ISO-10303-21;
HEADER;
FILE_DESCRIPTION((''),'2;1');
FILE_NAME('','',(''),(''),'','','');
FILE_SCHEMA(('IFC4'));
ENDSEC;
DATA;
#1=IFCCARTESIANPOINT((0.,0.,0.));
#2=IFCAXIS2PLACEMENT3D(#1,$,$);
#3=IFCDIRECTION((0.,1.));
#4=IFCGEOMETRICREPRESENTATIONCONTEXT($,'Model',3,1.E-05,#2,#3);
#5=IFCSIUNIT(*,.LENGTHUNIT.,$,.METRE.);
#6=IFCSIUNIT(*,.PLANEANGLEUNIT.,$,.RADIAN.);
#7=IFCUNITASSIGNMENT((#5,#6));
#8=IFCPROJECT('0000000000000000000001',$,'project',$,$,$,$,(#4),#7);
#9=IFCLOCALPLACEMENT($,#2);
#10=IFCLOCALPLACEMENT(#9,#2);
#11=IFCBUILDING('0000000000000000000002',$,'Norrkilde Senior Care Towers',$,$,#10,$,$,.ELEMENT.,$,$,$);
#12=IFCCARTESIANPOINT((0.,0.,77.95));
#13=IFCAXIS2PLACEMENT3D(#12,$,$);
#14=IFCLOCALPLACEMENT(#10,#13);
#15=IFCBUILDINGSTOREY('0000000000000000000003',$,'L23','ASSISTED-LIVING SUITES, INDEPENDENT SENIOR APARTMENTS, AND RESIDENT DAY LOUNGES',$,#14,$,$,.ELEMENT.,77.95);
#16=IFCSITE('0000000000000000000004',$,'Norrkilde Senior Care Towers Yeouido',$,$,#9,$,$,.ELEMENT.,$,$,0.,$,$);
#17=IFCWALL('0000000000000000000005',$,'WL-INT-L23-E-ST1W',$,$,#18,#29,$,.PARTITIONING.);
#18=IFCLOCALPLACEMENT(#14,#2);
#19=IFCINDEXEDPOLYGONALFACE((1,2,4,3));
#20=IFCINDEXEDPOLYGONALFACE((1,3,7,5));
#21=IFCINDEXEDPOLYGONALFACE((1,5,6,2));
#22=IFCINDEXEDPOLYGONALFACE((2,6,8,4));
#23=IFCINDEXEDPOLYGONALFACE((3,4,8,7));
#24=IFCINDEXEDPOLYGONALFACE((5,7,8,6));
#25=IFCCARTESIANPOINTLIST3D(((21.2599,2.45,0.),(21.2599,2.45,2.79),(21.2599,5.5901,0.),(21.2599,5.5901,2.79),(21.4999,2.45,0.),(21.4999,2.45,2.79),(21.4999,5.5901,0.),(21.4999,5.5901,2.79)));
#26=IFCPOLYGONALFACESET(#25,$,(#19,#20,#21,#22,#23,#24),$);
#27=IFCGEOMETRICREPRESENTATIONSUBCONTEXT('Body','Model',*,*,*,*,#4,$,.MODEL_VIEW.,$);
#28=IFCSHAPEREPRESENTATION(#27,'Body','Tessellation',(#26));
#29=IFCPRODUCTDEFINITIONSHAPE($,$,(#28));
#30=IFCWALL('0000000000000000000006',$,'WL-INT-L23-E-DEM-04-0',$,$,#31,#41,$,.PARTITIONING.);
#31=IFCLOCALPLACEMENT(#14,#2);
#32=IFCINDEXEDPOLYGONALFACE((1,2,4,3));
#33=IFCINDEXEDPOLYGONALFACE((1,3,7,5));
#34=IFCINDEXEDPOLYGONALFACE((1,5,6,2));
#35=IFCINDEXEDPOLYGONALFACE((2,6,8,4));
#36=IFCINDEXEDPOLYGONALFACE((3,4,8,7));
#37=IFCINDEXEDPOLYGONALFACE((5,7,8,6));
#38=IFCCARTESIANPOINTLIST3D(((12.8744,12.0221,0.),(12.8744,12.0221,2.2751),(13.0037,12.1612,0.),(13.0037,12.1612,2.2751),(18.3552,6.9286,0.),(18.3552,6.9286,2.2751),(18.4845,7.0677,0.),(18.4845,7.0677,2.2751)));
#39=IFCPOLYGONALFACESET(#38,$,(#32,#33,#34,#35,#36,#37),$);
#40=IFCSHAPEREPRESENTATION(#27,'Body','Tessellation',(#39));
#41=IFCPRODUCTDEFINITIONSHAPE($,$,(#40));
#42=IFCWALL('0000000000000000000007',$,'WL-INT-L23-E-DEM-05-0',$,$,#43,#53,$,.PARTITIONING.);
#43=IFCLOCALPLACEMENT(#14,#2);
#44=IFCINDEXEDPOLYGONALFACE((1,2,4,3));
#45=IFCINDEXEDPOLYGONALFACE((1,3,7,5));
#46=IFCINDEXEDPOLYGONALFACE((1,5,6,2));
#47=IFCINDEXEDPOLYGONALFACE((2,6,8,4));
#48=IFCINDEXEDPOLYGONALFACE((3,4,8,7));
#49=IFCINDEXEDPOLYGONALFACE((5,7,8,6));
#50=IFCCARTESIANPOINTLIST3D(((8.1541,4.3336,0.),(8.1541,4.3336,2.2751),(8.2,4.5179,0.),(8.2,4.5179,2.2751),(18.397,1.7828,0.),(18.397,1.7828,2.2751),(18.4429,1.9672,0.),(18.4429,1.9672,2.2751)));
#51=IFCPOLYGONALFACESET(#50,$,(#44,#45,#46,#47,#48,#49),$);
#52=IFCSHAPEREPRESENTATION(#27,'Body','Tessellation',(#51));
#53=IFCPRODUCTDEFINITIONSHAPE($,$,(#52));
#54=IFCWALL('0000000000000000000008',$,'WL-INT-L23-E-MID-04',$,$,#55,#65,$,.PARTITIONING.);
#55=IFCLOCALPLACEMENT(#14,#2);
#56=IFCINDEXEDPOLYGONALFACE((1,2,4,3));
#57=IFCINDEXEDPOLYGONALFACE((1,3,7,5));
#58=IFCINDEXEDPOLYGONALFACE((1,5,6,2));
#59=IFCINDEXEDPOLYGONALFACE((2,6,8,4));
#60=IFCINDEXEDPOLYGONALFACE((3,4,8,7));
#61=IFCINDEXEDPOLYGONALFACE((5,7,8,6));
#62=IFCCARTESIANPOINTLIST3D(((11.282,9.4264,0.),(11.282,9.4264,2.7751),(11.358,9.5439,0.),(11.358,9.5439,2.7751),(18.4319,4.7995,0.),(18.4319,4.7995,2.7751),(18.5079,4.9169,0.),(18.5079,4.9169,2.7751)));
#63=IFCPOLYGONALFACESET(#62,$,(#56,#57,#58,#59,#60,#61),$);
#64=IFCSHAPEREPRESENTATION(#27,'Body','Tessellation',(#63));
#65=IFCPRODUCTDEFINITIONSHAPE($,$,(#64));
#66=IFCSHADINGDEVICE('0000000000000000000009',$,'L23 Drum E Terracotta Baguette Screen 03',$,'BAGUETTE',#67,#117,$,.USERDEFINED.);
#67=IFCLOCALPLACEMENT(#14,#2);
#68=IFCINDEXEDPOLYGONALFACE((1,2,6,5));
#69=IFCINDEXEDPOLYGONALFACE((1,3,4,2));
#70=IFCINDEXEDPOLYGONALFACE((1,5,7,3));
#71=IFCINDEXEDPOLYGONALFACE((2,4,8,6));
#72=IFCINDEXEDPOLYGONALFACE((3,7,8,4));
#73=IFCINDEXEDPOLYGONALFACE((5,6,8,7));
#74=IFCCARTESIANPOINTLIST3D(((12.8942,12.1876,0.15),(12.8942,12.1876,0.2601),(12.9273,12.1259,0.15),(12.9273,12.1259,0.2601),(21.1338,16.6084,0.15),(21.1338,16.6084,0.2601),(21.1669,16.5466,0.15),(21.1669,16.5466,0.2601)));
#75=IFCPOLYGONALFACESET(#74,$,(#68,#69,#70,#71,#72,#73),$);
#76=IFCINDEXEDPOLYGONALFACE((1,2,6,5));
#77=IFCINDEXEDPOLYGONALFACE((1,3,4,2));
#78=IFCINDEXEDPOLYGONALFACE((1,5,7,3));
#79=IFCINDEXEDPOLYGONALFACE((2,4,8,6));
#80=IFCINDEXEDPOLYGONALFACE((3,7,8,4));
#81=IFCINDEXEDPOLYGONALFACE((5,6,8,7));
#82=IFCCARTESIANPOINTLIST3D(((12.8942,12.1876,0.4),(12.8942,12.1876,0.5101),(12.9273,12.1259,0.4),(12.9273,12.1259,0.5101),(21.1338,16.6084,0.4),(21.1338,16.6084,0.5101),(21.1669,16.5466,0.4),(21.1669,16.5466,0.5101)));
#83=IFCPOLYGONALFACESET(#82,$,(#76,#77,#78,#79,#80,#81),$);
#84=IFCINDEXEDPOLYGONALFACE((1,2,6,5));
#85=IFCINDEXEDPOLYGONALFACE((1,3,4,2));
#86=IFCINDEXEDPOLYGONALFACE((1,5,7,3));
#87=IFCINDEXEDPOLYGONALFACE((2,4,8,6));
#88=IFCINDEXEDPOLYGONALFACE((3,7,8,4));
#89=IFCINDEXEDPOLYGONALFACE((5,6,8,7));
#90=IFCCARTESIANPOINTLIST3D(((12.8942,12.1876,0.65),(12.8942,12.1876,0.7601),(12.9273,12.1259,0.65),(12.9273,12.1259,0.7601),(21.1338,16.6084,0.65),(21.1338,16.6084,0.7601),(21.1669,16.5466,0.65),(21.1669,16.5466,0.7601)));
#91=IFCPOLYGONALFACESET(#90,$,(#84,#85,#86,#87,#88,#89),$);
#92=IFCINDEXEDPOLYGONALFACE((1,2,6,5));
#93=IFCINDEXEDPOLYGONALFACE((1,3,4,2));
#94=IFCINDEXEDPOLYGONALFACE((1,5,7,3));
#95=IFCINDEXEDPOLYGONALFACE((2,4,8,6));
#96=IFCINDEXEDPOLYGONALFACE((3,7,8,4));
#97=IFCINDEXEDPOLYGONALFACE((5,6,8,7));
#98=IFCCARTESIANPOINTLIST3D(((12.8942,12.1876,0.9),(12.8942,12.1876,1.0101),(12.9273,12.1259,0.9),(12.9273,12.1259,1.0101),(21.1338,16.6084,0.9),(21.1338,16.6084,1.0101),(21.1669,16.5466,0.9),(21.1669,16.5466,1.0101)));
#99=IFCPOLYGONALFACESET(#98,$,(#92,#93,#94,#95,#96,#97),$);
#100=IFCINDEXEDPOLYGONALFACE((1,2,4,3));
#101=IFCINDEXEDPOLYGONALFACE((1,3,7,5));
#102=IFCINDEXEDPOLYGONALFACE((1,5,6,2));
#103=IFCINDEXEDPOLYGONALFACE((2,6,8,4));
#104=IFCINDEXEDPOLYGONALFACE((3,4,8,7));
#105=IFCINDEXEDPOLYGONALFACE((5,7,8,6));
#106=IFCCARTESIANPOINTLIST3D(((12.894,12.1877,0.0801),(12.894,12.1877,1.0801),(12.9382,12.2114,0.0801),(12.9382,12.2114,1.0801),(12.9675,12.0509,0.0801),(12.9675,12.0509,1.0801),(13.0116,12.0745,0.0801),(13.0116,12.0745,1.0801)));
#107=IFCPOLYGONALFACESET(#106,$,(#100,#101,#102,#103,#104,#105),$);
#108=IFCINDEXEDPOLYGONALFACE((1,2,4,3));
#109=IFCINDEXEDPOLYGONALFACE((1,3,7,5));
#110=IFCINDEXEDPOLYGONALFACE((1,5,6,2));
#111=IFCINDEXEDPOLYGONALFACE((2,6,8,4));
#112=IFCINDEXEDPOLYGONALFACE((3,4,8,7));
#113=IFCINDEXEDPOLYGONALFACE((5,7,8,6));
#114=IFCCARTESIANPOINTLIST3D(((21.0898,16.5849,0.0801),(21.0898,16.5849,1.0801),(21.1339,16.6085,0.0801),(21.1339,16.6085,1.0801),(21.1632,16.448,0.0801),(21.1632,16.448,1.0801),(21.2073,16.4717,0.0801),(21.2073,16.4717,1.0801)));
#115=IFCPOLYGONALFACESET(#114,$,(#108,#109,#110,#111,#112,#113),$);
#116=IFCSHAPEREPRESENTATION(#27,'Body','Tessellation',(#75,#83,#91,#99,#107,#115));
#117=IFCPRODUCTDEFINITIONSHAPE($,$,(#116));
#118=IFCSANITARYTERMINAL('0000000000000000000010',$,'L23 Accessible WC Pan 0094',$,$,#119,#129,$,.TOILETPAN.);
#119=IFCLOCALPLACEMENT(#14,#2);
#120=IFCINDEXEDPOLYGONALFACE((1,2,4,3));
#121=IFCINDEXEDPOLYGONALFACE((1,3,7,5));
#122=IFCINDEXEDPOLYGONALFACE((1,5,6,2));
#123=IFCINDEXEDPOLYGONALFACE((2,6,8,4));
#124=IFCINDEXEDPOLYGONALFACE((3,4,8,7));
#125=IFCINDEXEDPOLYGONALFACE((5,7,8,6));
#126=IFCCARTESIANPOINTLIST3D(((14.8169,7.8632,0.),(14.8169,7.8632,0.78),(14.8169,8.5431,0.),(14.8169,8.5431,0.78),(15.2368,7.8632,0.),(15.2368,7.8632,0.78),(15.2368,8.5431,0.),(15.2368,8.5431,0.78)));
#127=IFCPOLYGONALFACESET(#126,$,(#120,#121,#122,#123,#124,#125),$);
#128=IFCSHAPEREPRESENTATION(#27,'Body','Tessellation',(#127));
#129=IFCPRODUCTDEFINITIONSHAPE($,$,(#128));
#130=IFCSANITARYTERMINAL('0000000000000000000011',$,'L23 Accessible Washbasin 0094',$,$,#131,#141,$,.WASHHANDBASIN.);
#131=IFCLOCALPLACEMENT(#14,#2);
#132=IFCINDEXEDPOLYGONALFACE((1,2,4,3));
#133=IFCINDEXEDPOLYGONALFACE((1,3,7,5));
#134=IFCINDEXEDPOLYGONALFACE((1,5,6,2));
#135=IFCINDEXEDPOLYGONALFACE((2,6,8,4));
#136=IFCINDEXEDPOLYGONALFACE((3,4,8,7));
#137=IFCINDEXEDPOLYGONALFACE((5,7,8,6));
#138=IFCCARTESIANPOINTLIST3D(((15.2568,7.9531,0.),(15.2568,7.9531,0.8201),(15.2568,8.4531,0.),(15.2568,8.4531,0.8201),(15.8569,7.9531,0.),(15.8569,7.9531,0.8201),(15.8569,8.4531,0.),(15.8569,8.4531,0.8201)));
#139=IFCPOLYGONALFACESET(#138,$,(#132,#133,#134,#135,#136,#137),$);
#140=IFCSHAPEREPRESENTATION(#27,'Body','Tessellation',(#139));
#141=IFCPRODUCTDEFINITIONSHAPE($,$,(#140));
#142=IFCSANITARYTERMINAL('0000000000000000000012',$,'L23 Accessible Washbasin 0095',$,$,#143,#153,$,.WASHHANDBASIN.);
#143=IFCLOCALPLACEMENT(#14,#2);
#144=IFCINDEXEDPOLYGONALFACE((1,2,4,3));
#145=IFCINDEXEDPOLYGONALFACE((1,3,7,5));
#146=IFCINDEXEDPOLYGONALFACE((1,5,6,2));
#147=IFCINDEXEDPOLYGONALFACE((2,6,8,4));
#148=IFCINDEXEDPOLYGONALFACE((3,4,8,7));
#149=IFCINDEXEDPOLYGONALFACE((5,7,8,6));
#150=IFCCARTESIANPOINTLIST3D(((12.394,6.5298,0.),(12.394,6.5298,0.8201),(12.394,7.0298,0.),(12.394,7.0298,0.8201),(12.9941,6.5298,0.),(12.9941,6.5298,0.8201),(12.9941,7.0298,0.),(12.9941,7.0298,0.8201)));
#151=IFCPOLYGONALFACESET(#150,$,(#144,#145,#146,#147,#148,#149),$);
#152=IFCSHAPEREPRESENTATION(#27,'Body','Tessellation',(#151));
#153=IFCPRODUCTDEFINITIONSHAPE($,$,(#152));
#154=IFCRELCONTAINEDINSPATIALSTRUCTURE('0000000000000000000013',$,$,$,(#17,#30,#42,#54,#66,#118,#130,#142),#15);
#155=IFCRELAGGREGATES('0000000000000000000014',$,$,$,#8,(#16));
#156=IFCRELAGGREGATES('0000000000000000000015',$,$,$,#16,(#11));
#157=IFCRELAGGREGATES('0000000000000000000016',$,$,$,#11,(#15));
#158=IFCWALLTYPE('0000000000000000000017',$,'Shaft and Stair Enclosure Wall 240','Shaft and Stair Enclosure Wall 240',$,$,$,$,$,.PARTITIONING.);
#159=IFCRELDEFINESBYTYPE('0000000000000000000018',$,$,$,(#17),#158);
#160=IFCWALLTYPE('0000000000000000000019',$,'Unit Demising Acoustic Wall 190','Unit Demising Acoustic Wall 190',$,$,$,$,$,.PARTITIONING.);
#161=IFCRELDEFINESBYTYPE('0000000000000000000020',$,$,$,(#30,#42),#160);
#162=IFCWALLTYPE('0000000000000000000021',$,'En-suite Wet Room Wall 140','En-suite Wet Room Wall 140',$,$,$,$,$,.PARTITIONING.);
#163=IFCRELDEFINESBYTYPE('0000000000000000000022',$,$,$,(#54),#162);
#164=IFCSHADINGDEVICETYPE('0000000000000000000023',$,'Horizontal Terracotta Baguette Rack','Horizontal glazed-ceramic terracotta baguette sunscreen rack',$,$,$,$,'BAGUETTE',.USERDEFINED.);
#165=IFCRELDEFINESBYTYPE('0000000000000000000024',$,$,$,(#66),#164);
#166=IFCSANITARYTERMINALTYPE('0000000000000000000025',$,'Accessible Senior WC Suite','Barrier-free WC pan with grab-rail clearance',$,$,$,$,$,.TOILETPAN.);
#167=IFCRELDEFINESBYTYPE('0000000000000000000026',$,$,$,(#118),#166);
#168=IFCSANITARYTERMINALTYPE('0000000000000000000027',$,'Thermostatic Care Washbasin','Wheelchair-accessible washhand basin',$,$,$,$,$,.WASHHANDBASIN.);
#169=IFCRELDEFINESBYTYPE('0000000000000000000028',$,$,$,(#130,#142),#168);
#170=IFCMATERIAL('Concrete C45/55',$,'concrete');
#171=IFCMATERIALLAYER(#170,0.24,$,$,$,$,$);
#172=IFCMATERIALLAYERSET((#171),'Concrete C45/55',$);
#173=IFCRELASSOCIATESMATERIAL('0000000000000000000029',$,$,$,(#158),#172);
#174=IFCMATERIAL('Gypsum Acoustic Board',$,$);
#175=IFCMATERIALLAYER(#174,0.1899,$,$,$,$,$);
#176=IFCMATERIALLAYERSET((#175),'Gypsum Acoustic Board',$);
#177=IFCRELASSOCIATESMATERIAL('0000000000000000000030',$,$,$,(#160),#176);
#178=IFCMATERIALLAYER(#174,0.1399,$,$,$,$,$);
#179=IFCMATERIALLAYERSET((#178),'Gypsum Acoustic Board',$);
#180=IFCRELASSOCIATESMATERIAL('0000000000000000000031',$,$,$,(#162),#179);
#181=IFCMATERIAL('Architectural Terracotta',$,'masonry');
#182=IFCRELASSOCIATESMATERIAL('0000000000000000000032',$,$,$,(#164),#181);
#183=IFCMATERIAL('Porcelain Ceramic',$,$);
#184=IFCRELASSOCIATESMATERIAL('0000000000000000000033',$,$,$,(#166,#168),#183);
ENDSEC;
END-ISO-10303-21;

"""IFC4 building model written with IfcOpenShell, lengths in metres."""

from ifc_helpers import new_model, si_unit, direction, frame, frame_2d, origin, origin_2d, place, context, subcontext, project, spatial, rectangle, extrude, source, transform, mapped, material, layer, layer_set, type_object, type_shapes, element, save


model = new_model("IFC4")

# Units and contexts
model_context = context("Model", 3, precision=1e-05, world=origin(), true_north=direction((0.0, 1.0)))
body_context = subcontext(model_context, "Body", "Model", "MODEL_VIEW")
ifc_project = project(units=[si_unit("LENGTHUNIT", "METRE"), si_unit("PLANEANGLEUNIT", "RADIAN")], contexts=[model_context])

# Site, building, storey
site_placement = place(None, origin())
site = spatial("IfcSite", under=ifc_project, at=site_placement, Name="Norrkilde Senior Care Towers Yeouido", CompositionType="ELEMENT", RefElevation=0.0)
building_placement = place(site_placement, origin())
building = spatial("IfcBuilding", under=site, at=building_placement, Name="Norrkilde Senior Care Towers", CompositionType="ELEMENT")
storey_placement = place(building_placement, frame((0.0, 0.0, 77.95)))
storey = spatial("IfcBuildingStorey", under=building, at=storey_placement, Name="L23", Description="ASSISTED-LIVING SUITES, INDEPENDENT SENIOR APARTMENTS, AND RESIDENT DAY LOUNGES", CompositionType="ELEMENT", Elevation=77.95)

# Shared definitions
ifc_material_1 = material(Name="Gypsum Acoustic Board")

# Walls
ifc_material_2 = material(Name="Concrete C45/55", Category="concrete")
ifc_layer_1 = layer(ifc_material_2, 0.24)
ifc_layer_set_1 = layer_set([ifc_layer_1], Name="Concrete C45/55")
wall_type_1 = type_object("IfcWallType", Name="Shaft and Stair Enclosure Wall 240", Description="Shaft and Stair Enclosure Wall 240", PredefinedType="PARTITIONING", material=ifc_layer_set_1)
shared_shape_1 = source(origin(), body_context, "Body", "SweptSolid", [
    extrude(rectangle(XDim=3.1401, YDim=0.24, at=frame_2d((1.5701, 0.0))), origin(), (0.0, 0.0, 1.0), 2.79),
])
wall_1_placement = place(storey_placement, frame((21.3799, 2.45, 0.0), z_axis=(0.0, 0.0, 1.0), x_axis=(0.0, 1.0, 0.0)))
element("IfcWall", 1, at=wall_1_placement, inside=storey, type_object=wall_type_1, Name="WL-INT-L23-E-ST1W", PredefinedType="PARTITIONING", context=body_context, shape_type="MappedRepresentation", body=[
    mapped(shared_shape_1, transform((0.0, 0.0, 0.0), x_axis=(1.0, 0.0, 0.0), y_axis=(0.0, 1.0, 0.0), z_axis=(0.0, 0.0, 1.0), scale=1.0)),
])
ifc_layer_2 = layer(ifc_material_1, 0.1899)
ifc_layer_set_2 = layer_set([ifc_layer_2], Name="Gypsum Acoustic Board")
wall_type_2 = type_object("IfcWallType", Name="Unit Demising Acoustic Wall 190", Description="Unit Demising Acoustic Wall 190", PredefinedType="PARTITIONING", material=ifc_layer_set_2)
shared_shape_2 = source(origin(), body_context, "Body", "SweptSolid", [
    extrude(rectangle(XDim=7.4822, YDim=0.1899, at=frame_2d((3.7412, 0.0))), origin(), (0.0, 0.0, 1.0), 2.2751),
])
wall_2_placement = place(storey_placement, frame((18.4199, 6.998, 0.0), z_axis=(0.0, 0.0, 1.0), x_axis=(-0.732509, 0.680758, 0.0)))
element("IfcWall", 2, at=wall_2_placement, inside=storey, type_object=wall_type_2, Name="WL-INT-L23-E-DEM-04-0", PredefinedType="PARTITIONING", context=body_context, shape_type="MappedRepresentation", body=[
    mapped(shared_shape_2, transform((0.0, 0.0, 0.0), x_axis=(1.0, 0.0, 0.0), y_axis=(0.0, 1.0, 0.0), z_axis=(0.0, 0.0, 1.0), scale=1.0)),
])
shared_shape_3 = source(origin(), body_context, "Body", "SweptSolid", [
    extrude(rectangle(XDim=10.5557, YDim=0.1899, at=frame_2d((5.2778, 0.0))), origin(), (0.0, 0.0, 1.0), 2.2751),
])
type_shapes(wall_type_2, [shared_shape_2, shared_shape_3])
wall_3_placement = place(storey_placement, frame((18.4199, 1.875, 0.0), z_axis=(0.0, 0.0, 1.0), x_axis=(-0.970364, 0.241648, 0.0)))
element("IfcWall", 3, at=wall_3_placement, inside=storey, type_object=wall_type_2, Name="WL-INT-L23-E-DEM-05-0", PredefinedType="PARTITIONING", context=body_context, shape_type="MappedRepresentation", body=[
    mapped(shared_shape_3, transform((0.0, 0.0, 0.0), x_axis=(1.0, 0.0, 0.0), y_axis=(0.0, 1.0, 0.0), z_axis=(0.0, 0.0, 1.0), scale=1.0)),
])
ifc_layer_3 = layer(ifc_material_1, 0.1399)
ifc_layer_set_3 = layer_set([ifc_layer_3], Name="Gypsum Acoustic Board")
wall_type_3 = type_object("IfcWallType", Name="En-suite Wet Room Wall 140", Description="En-suite Wet Room Wall 140", PredefinedType="PARTITIONING", material=ifc_layer_set_3)
shared_shape_4 = source(origin(), body_context, "Body", "SweptSolid", [
    extrude(rectangle(XDim=8.5164, YDim=0.1399, at=frame_2d((4.2583, 0.0))), origin(), (0.0, 0.0, 1.0), 2.7751),
])
type_shapes(wall_type_3, [shared_shape_4])
wall_4_placement = place(storey_placement, frame((18.47, 4.8582, 0.0), z_axis=(0.0, 0.0, 1.0), x_axis=(-0.839541, 0.543296, 0.0)))
element("IfcWall", 4, at=wall_4_placement, inside=storey, type_object=wall_type_3, Name="WL-INT-L23-E-MID-04", PredefinedType="PARTITIONING", context=body_context, shape_type="MappedRepresentation", body=[
    mapped(shared_shape_4, transform((0.0, 0.0, 0.0), x_axis=(1.0, 0.0, 0.0), y_axis=(0.0, 1.0, 0.0), z_axis=(0.0, 0.0, 1.0), scale=1.0)),
])

# Shading device
ifc_material_3 = material(Name="Architectural Terracotta", Category="masonry")
shading_device_type = type_object("IfcShadingDeviceType", Name="Horizontal Terracotta Baguette Rack", Description="Horizontal glazed-ceramic terracotta baguette sunscreen rack", ElementType="BAGUETTE", PredefinedType="USERDEFINED", material=ifc_material_3)
shared_shape_5 = source(origin(), body_context, "Body", "SweptSolid", [
    extrude(rectangle(XDim=0.0701, YDim=0.1101, at=origin_2d()), frame((0.0, 0.0901, 0.125), z_axis=(1.0, 0.0, 0.0), x_axis=(0.0, 1.0, 0.0)), (0.0, 0.0, 1.0), 9.3506),
    extrude(rectangle(XDim=0.0701, YDim=0.1101, at=origin_2d()), frame((0.0, 0.0901, 0.375), z_axis=(1.0, 0.0, 0.0), x_axis=(0.0, 1.0, 0.0)), (0.0, 0.0, 1.0), 9.3506),
    extrude(rectangle(XDim=0.0701, YDim=0.1101, at=origin_2d()), frame((0.0, 0.0901, 0.625), z_axis=(1.0, 0.0, 0.0), x_axis=(0.0, 1.0, 0.0)), (0.0, 0.0, 1.0), 9.3506),
    extrude(rectangle(XDim=0.0701, YDim=0.1101, at=origin_2d()), frame((0.0, 0.0901, 0.875), z_axis=(1.0, 0.0, 0.0), x_axis=(0.0, 1.0, 0.0)), (0.0, 0.0, 1.0), 9.3506),
    extrude(rectangle(XDim=0.05, YDim=0.1553, at=origin_2d()), frame((0.0249, 0.0476, 0.0)), (0.0, 0.0, 1.0), 1.0),
    extrude(rectangle(XDim=0.05, YDim=0.1553, at=origin_2d()), frame((9.3257, 0.0476, 0.0)), (0.0, 0.0, 1.0), 1.0),
])
type_shapes(shading_device_type, [shared_shape_5])
shading_device_placement = place(storey_placement, frame((12.9534, 12.0774, 0.0801), z_axis=(0.0, 0.0, 1.0), x_axis=(0.881175, 0.472768, 0.0)))
element("IfcShadingDevice", 5, at=shading_device_placement, inside=storey, type_object=shading_device_type, Name="L23 Drum E Terracotta Baguette Screen 03", ObjectType="BAGUETTE", PredefinedType="USERDEFINED", context=body_context, shape_type="MappedRepresentation", body=[
    mapped(shared_shape_5, transform((0.0, 0.0, 0.0), x_axis=(1.0, 0.0, 0.0), y_axis=(0.0, 1.0, 0.0), z_axis=(0.0, 0.0, 1.0), scale=1.0)),
])

# Sanitary terminals
ifc_material_4 = material(Name="Porcelain Ceramic")
sanitary_terminal_type_1 = type_object("IfcSanitaryTerminalType", Name="Accessible Senior WC Suite", Description="Barrier-free WC pan with grab-rail clearance", PredefinedType="TOILETPAN", material=ifc_material_4)
shared_shape_6 = source(origin(), body_context, "Body", "SweptSolid", [
    extrude(rectangle(XDim=0.4199, YDim=0.6799, at=origin_2d()), origin(), (0.0, 0.0, 1.0), 0.78),
])
type_shapes(sanitary_terminal_type_1, [shared_shape_6])
sanitary_terminal_placement = place(storey_placement, frame((15.0269, 8.2031, 0.0), z_axis=(0.0, 0.0, 1.0), x_axis=(1.0, 0.0, 0.0)))
element("IfcSanitaryTerminal", 6, at=sanitary_terminal_placement, inside=storey, type_object=sanitary_terminal_type_1, Name="L23 Accessible WC Pan 0094", PredefinedType="TOILETPAN", context=body_context, shape_type="MappedRepresentation", body=[
    mapped(shared_shape_6, transform((0.0, 0.0, 0.0), x_axis=(1.0, 0.0, 0.0), y_axis=(0.0, 1.0, 0.0), z_axis=(0.0, 0.0, 1.0), scale=1.0)),
])
sanitary_terminal_type_2 = type_object("IfcSanitaryTerminalType", Name="Thermostatic Care Washbasin", Description="Wheelchair-accessible washhand basin", PredefinedType="WASHHANDBASIN", material=ifc_material_4)
shared_shape_7 = source(origin(), body_context, "Body", "SweptSolid", [
    extrude(rectangle(XDim=0.6001, YDim=0.5, at=origin_2d()), origin(), (0.0, 0.0, 1.0), 0.8201),
])
type_shapes(sanitary_terminal_type_2, [shared_shape_7])
for number, where, z_axis, x_axis, name in (
    (7, (15.5569, 8.2031, 0.0), (0.0, 0.0, 1.0), (1.0, 0.0, 0.0), "L23 Accessible Washbasin 0094"),
    (8, (12.6941, 6.7798, 0.0), (0.0, 0.0, 1.0), (1.0, 0.0, 0.0), "L23 Accessible Washbasin 0095"),
):
    element("IfcSanitaryTerminal", number, at=place(storey_placement, frame(where, z_axis=z_axis, x_axis=x_axis)), inside=storey, type_object=sanitary_terminal_type_2, Name=name, PredefinedType="WASHHANDBASIN", context=body_context, shape_type="MappedRepresentation", body=[
        mapped(shared_shape_7, transform((0.0, 0.0, 0.0), x_axis=(1.0, 0.0, 0.0), y_axis=(0.0, 1.0, 0.0), z_axis=(0.0, 0.0, 1.0), scale=1.0)),
    ])

save(model, "model.ifc")
